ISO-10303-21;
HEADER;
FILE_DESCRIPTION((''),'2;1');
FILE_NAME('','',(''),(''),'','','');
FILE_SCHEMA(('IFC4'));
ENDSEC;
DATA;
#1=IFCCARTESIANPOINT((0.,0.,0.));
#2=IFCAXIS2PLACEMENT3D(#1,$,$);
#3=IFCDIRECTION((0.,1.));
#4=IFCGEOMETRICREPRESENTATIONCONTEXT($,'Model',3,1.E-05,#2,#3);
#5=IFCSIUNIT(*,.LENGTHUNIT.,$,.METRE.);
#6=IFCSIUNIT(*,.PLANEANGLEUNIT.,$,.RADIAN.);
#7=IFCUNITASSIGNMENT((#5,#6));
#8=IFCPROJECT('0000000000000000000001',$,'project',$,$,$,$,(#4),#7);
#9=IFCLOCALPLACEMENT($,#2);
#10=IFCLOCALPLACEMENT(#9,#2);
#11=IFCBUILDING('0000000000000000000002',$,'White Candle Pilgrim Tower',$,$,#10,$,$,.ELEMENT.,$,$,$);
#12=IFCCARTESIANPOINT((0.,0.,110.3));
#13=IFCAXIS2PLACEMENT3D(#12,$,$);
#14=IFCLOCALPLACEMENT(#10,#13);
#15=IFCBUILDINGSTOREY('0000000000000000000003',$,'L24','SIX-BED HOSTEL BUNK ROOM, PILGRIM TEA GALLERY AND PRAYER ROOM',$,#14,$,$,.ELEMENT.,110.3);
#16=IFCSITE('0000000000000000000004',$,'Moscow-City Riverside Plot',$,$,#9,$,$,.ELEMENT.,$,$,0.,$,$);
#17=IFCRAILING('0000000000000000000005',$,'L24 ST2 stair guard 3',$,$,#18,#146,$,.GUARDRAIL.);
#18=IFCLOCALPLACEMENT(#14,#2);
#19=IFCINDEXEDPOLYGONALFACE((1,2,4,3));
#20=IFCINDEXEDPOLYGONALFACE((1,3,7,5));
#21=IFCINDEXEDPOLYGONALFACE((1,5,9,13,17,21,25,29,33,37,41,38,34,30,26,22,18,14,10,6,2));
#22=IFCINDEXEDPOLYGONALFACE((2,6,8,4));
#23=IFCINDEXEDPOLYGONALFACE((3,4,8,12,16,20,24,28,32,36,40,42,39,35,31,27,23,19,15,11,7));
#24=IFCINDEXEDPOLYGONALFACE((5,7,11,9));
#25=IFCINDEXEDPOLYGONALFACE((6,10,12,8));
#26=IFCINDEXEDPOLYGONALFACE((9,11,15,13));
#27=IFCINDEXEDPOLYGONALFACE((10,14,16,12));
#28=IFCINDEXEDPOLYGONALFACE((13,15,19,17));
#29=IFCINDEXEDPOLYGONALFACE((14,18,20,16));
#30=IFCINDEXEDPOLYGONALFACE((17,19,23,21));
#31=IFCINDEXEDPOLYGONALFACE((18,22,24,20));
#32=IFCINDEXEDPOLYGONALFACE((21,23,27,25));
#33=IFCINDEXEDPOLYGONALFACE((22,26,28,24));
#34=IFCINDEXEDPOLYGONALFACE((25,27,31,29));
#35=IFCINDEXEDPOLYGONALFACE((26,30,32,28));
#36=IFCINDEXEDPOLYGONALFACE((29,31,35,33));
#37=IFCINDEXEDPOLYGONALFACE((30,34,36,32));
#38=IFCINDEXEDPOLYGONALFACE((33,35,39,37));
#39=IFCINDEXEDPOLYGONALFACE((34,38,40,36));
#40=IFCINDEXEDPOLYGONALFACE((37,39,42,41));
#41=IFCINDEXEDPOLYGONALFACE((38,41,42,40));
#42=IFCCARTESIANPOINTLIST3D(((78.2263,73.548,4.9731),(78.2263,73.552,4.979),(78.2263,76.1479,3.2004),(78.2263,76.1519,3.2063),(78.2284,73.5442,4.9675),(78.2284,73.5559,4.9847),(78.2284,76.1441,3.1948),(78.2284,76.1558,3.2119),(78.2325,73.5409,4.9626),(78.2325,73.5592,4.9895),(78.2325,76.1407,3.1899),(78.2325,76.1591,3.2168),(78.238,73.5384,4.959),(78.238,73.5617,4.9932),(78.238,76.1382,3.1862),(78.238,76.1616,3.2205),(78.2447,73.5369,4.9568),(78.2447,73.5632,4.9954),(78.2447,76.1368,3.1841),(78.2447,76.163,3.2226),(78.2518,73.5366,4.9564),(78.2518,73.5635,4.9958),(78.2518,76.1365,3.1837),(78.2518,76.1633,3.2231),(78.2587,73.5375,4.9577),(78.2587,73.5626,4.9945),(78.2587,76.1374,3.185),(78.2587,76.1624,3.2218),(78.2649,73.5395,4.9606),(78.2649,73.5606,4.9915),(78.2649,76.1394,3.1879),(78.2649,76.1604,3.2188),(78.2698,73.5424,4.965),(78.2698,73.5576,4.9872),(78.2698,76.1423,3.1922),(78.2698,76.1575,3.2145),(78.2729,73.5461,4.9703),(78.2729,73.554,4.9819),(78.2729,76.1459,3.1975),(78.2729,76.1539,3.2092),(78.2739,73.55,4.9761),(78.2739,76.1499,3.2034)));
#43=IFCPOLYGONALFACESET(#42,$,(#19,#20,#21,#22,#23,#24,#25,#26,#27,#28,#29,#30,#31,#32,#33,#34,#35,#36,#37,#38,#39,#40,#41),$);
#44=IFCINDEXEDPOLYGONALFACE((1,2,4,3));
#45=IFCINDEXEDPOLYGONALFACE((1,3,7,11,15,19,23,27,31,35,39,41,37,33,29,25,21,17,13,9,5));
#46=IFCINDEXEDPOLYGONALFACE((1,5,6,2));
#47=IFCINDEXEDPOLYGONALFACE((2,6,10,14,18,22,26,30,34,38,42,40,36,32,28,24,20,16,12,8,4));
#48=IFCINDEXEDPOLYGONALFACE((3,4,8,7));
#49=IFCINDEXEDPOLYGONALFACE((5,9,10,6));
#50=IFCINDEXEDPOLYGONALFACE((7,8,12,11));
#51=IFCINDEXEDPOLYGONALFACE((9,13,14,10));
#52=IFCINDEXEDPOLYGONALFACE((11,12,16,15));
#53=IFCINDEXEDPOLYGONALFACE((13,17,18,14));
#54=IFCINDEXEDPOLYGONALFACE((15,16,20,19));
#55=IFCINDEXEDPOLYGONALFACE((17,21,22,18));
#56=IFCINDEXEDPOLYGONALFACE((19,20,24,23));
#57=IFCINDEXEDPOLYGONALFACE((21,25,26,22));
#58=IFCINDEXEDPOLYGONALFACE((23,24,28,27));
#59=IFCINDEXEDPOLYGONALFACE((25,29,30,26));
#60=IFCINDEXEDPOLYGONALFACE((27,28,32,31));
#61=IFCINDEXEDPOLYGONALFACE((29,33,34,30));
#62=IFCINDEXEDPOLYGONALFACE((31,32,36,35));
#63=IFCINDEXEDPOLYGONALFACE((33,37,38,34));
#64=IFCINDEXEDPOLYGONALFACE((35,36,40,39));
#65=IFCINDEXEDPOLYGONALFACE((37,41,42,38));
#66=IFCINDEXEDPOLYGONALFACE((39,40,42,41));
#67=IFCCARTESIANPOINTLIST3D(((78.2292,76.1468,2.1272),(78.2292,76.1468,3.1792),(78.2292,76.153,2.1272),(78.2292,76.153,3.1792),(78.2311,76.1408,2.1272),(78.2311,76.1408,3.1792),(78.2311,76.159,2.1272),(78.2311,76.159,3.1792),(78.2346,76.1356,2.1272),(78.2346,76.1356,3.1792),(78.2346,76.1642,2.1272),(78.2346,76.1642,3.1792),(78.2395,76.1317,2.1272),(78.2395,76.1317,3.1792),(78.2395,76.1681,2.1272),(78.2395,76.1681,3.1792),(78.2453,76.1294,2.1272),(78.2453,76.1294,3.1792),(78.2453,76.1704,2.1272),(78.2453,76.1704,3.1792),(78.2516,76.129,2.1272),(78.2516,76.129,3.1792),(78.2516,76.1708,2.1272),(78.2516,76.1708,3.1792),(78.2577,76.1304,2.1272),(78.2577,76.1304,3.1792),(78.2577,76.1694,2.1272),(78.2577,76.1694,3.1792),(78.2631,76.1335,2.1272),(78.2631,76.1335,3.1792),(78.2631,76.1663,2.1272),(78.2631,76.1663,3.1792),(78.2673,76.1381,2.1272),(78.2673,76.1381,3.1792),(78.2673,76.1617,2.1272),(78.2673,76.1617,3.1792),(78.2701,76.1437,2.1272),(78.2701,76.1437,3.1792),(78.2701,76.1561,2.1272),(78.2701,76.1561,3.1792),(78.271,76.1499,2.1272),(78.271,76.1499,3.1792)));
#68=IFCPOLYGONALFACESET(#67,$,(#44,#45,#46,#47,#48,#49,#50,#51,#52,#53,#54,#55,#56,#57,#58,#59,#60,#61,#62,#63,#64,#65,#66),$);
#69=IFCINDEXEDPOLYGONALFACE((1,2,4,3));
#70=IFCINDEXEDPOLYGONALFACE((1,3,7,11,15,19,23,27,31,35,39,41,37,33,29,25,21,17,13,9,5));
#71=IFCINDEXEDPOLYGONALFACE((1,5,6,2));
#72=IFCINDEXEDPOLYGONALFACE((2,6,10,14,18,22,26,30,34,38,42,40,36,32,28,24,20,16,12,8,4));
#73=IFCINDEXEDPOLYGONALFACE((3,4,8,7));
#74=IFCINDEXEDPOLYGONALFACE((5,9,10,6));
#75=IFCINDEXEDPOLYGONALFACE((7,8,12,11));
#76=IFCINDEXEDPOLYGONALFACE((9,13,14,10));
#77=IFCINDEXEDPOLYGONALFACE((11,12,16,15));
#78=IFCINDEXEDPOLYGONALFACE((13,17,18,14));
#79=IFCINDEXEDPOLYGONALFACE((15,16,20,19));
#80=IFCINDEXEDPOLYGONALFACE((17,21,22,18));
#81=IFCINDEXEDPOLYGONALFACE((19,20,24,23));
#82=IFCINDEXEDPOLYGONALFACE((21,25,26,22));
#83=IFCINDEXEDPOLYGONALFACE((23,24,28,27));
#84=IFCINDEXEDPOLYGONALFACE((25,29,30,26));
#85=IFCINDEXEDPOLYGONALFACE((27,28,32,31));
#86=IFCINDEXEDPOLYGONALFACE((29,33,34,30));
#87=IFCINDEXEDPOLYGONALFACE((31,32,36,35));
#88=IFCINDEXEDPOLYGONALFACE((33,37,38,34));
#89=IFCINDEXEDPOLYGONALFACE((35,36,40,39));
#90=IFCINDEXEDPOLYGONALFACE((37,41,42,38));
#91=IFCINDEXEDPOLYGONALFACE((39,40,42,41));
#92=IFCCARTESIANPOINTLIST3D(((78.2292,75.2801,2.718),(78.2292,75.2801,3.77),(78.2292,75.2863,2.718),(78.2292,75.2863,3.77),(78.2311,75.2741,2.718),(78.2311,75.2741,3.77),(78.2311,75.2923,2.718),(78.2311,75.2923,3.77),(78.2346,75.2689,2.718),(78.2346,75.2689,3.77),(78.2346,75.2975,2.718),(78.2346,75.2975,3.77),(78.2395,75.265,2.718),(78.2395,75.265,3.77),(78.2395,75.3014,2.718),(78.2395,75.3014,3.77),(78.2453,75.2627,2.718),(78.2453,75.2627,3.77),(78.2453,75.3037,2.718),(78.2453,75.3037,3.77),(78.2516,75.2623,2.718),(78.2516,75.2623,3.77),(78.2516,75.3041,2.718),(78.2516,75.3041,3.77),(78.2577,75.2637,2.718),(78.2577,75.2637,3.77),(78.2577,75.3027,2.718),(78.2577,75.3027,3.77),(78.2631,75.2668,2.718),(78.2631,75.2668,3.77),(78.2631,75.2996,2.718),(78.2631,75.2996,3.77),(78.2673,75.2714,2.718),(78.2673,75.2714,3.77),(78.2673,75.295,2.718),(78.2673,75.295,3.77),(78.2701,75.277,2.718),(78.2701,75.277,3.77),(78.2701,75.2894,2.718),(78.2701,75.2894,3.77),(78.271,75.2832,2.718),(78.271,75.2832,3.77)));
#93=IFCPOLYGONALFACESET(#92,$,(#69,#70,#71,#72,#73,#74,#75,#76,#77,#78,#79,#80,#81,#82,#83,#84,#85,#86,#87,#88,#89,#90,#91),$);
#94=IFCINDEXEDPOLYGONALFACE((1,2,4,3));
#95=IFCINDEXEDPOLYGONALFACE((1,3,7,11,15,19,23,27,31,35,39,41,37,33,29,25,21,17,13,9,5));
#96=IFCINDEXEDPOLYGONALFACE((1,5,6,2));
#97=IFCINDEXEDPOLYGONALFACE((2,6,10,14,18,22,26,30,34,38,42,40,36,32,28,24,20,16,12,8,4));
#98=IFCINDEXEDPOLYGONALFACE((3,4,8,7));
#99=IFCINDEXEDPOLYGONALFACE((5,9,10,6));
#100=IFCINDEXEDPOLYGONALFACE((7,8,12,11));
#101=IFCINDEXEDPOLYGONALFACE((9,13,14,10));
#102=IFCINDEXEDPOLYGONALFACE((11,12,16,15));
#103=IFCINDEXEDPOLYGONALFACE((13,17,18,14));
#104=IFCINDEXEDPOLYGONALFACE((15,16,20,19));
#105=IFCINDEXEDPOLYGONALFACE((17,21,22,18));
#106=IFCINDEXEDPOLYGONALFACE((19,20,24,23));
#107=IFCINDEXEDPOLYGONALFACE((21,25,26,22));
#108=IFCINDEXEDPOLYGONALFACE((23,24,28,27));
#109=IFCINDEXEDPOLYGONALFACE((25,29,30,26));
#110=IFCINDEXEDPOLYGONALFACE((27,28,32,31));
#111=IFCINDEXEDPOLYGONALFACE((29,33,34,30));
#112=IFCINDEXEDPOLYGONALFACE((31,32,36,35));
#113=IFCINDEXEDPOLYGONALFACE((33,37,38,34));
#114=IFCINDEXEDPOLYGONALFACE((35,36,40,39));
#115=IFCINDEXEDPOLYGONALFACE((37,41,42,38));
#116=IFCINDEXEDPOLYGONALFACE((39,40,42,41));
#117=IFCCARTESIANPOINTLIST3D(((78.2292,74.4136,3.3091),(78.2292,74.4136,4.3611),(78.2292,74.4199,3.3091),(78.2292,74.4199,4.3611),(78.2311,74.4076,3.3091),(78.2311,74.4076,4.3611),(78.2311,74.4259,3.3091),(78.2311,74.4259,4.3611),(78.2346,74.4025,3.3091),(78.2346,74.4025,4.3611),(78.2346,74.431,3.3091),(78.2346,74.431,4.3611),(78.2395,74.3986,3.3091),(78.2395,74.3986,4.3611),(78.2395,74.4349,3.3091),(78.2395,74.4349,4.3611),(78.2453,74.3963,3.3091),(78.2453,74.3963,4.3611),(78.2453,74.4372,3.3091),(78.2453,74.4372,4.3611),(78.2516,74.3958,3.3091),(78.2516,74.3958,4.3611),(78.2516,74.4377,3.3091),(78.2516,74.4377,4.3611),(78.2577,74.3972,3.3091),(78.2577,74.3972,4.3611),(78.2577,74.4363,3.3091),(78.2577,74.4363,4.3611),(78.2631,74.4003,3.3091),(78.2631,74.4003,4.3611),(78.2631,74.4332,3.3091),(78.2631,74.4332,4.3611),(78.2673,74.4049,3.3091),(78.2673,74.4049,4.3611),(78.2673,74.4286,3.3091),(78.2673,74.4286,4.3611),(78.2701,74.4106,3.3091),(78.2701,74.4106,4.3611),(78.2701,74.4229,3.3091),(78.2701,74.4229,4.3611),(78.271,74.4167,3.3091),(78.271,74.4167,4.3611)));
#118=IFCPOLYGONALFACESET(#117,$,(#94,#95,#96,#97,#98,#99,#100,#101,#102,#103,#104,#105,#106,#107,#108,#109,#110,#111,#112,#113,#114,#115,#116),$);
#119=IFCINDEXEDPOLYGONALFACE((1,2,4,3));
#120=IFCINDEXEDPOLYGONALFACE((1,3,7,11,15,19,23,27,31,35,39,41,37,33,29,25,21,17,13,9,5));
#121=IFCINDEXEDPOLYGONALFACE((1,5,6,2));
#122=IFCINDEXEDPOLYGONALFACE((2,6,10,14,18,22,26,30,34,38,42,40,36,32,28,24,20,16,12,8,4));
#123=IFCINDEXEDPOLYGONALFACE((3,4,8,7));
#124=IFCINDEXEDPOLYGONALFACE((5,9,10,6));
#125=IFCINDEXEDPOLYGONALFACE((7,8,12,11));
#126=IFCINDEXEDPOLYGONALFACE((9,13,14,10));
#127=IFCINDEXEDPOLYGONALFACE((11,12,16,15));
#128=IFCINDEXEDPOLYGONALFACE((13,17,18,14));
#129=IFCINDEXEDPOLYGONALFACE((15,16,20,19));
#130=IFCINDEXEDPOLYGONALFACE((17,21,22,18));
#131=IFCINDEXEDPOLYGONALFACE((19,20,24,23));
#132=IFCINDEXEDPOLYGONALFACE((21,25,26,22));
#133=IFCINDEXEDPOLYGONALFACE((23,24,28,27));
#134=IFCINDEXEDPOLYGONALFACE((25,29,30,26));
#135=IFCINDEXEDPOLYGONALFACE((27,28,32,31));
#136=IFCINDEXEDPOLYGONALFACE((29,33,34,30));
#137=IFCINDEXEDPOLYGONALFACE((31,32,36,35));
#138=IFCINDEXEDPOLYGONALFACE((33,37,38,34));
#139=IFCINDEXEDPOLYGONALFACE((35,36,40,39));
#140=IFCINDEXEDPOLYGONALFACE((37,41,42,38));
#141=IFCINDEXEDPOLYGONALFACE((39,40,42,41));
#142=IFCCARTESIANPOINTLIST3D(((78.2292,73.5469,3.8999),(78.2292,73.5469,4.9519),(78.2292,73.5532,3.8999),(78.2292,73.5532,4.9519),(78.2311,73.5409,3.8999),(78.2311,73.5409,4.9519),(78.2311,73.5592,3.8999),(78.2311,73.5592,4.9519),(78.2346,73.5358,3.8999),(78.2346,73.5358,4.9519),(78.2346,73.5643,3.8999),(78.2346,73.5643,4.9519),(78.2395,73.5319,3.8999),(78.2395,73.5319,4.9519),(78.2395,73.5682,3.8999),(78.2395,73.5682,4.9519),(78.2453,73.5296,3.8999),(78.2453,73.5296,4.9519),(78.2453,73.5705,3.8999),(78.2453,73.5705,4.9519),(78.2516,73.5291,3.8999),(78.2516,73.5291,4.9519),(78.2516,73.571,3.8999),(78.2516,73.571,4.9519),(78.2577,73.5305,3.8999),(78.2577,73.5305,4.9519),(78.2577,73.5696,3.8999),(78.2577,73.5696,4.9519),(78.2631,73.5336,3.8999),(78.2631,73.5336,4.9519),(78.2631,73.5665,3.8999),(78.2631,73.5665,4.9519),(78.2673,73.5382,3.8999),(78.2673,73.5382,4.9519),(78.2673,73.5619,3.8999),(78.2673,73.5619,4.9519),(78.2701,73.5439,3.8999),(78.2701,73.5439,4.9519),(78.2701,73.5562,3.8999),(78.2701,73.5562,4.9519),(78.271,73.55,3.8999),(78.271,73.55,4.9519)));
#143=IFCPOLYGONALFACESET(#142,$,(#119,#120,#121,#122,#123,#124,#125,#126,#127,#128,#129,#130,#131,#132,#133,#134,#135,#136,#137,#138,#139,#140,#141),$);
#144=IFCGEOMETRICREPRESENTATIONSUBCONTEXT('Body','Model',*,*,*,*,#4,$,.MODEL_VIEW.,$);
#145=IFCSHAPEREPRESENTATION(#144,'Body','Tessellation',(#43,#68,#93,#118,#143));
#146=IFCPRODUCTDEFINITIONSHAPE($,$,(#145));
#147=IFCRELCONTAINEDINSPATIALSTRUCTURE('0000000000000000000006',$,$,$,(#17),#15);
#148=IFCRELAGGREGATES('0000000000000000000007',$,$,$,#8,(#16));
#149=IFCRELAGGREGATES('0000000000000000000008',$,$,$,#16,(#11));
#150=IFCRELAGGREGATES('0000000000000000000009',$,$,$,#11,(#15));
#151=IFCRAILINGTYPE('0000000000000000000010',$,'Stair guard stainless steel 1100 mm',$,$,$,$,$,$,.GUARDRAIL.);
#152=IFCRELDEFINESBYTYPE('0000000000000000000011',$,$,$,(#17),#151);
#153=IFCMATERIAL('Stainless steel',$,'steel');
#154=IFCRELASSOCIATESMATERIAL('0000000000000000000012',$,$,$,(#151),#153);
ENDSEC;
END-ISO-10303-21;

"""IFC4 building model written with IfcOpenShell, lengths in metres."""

from ifc_helpers import new_model, si_unit, direction, frame, origin, origin_2d, place, context, subcontext, project, spatial, circle, extrude, material, type_object, element, save


model = new_model("IFC4")

# Units and contexts
model_context = context("Model", 3, precision=1e-05, world=origin(), true_north=direction((0.0, 1.0)))
body_context = subcontext(model_context, "Body", "Model", "MODEL_VIEW")
ifc_project = project(units=[si_unit("LENGTHUNIT", "METRE"), si_unit("PLANEANGLEUNIT", "RADIAN")], contexts=[model_context])

# Site, building, storey
site_placement = place(None, origin())
site = spatial("IfcSite", under=ifc_project, at=site_placement, Name="Moscow-City Riverside Plot", CompositionType="ELEMENT", RefElevation=0.0)
building_placement = place(site_placement, origin())
building = spatial("IfcBuilding", under=site, at=building_placement, Name="White Candle Pilgrim Tower", CompositionType="ELEMENT")
storey_placement = place(building_placement, frame((0.0, 0.0, 110.3)))
storey = spatial("IfcBuildingStorey", under=building, at=storey_placement, Name="L24", Description="SIX-BED HOSTEL BUNK ROOM, PILGRIM TEA GALLERY AND PRAYER ROOM", CompositionType="ELEMENT", Elevation=110.3)

# Railing
ifc_material_1 = material(Name="Stainless steel", Category="steel")
railing_type = type_object("IfcRailingType", Name="Stair guard stainless steel 1100 mm", PredefinedType="GUARDRAIL", material=ifc_material_1)
railing_1_placement = place(storey_placement, frame((78.25, 76.1499, 2.1272)))
element("IfcRailing", 1, at=railing_1_placement, inside=storey, type_object=railing_type, Name="L24 ST2 stair guard 3", PredefinedType="GUARDRAIL", context=body_context, shape_type="SweptSolid", body=[
    extrude(circle(Radius=0.0239, at=origin_2d()), frame((0.0, 0.0, 1.0762), z_axis=(0.0, -0.826216, 0.563354), x_axis=(1.0, 0.0, 0.0)), (0.0, 0.0, 1.0), 3.1467),
    extrude(circle(Radius=0.021, at=origin_2d()), origin(), (0.0, 0.0, 1.0), 1.052),
    extrude(circle(Radius=0.021, at=origin_2d()), frame((0.0, -0.8667, 0.5908)), (0.0, 0.0, 1.0), 1.052),
    extrude(circle(Radius=0.021, at=origin_2d()), frame((0.0, -1.7332, 1.1819)), (0.0, 0.0, 1.0), 1.052),
    extrude(circle(Radius=0.021, at=origin_2d()), frame((0.0, -2.5999, 1.7727)), (0.0, 0.0, 1.0), 1.052),
])

save(model, "model.ifc")
